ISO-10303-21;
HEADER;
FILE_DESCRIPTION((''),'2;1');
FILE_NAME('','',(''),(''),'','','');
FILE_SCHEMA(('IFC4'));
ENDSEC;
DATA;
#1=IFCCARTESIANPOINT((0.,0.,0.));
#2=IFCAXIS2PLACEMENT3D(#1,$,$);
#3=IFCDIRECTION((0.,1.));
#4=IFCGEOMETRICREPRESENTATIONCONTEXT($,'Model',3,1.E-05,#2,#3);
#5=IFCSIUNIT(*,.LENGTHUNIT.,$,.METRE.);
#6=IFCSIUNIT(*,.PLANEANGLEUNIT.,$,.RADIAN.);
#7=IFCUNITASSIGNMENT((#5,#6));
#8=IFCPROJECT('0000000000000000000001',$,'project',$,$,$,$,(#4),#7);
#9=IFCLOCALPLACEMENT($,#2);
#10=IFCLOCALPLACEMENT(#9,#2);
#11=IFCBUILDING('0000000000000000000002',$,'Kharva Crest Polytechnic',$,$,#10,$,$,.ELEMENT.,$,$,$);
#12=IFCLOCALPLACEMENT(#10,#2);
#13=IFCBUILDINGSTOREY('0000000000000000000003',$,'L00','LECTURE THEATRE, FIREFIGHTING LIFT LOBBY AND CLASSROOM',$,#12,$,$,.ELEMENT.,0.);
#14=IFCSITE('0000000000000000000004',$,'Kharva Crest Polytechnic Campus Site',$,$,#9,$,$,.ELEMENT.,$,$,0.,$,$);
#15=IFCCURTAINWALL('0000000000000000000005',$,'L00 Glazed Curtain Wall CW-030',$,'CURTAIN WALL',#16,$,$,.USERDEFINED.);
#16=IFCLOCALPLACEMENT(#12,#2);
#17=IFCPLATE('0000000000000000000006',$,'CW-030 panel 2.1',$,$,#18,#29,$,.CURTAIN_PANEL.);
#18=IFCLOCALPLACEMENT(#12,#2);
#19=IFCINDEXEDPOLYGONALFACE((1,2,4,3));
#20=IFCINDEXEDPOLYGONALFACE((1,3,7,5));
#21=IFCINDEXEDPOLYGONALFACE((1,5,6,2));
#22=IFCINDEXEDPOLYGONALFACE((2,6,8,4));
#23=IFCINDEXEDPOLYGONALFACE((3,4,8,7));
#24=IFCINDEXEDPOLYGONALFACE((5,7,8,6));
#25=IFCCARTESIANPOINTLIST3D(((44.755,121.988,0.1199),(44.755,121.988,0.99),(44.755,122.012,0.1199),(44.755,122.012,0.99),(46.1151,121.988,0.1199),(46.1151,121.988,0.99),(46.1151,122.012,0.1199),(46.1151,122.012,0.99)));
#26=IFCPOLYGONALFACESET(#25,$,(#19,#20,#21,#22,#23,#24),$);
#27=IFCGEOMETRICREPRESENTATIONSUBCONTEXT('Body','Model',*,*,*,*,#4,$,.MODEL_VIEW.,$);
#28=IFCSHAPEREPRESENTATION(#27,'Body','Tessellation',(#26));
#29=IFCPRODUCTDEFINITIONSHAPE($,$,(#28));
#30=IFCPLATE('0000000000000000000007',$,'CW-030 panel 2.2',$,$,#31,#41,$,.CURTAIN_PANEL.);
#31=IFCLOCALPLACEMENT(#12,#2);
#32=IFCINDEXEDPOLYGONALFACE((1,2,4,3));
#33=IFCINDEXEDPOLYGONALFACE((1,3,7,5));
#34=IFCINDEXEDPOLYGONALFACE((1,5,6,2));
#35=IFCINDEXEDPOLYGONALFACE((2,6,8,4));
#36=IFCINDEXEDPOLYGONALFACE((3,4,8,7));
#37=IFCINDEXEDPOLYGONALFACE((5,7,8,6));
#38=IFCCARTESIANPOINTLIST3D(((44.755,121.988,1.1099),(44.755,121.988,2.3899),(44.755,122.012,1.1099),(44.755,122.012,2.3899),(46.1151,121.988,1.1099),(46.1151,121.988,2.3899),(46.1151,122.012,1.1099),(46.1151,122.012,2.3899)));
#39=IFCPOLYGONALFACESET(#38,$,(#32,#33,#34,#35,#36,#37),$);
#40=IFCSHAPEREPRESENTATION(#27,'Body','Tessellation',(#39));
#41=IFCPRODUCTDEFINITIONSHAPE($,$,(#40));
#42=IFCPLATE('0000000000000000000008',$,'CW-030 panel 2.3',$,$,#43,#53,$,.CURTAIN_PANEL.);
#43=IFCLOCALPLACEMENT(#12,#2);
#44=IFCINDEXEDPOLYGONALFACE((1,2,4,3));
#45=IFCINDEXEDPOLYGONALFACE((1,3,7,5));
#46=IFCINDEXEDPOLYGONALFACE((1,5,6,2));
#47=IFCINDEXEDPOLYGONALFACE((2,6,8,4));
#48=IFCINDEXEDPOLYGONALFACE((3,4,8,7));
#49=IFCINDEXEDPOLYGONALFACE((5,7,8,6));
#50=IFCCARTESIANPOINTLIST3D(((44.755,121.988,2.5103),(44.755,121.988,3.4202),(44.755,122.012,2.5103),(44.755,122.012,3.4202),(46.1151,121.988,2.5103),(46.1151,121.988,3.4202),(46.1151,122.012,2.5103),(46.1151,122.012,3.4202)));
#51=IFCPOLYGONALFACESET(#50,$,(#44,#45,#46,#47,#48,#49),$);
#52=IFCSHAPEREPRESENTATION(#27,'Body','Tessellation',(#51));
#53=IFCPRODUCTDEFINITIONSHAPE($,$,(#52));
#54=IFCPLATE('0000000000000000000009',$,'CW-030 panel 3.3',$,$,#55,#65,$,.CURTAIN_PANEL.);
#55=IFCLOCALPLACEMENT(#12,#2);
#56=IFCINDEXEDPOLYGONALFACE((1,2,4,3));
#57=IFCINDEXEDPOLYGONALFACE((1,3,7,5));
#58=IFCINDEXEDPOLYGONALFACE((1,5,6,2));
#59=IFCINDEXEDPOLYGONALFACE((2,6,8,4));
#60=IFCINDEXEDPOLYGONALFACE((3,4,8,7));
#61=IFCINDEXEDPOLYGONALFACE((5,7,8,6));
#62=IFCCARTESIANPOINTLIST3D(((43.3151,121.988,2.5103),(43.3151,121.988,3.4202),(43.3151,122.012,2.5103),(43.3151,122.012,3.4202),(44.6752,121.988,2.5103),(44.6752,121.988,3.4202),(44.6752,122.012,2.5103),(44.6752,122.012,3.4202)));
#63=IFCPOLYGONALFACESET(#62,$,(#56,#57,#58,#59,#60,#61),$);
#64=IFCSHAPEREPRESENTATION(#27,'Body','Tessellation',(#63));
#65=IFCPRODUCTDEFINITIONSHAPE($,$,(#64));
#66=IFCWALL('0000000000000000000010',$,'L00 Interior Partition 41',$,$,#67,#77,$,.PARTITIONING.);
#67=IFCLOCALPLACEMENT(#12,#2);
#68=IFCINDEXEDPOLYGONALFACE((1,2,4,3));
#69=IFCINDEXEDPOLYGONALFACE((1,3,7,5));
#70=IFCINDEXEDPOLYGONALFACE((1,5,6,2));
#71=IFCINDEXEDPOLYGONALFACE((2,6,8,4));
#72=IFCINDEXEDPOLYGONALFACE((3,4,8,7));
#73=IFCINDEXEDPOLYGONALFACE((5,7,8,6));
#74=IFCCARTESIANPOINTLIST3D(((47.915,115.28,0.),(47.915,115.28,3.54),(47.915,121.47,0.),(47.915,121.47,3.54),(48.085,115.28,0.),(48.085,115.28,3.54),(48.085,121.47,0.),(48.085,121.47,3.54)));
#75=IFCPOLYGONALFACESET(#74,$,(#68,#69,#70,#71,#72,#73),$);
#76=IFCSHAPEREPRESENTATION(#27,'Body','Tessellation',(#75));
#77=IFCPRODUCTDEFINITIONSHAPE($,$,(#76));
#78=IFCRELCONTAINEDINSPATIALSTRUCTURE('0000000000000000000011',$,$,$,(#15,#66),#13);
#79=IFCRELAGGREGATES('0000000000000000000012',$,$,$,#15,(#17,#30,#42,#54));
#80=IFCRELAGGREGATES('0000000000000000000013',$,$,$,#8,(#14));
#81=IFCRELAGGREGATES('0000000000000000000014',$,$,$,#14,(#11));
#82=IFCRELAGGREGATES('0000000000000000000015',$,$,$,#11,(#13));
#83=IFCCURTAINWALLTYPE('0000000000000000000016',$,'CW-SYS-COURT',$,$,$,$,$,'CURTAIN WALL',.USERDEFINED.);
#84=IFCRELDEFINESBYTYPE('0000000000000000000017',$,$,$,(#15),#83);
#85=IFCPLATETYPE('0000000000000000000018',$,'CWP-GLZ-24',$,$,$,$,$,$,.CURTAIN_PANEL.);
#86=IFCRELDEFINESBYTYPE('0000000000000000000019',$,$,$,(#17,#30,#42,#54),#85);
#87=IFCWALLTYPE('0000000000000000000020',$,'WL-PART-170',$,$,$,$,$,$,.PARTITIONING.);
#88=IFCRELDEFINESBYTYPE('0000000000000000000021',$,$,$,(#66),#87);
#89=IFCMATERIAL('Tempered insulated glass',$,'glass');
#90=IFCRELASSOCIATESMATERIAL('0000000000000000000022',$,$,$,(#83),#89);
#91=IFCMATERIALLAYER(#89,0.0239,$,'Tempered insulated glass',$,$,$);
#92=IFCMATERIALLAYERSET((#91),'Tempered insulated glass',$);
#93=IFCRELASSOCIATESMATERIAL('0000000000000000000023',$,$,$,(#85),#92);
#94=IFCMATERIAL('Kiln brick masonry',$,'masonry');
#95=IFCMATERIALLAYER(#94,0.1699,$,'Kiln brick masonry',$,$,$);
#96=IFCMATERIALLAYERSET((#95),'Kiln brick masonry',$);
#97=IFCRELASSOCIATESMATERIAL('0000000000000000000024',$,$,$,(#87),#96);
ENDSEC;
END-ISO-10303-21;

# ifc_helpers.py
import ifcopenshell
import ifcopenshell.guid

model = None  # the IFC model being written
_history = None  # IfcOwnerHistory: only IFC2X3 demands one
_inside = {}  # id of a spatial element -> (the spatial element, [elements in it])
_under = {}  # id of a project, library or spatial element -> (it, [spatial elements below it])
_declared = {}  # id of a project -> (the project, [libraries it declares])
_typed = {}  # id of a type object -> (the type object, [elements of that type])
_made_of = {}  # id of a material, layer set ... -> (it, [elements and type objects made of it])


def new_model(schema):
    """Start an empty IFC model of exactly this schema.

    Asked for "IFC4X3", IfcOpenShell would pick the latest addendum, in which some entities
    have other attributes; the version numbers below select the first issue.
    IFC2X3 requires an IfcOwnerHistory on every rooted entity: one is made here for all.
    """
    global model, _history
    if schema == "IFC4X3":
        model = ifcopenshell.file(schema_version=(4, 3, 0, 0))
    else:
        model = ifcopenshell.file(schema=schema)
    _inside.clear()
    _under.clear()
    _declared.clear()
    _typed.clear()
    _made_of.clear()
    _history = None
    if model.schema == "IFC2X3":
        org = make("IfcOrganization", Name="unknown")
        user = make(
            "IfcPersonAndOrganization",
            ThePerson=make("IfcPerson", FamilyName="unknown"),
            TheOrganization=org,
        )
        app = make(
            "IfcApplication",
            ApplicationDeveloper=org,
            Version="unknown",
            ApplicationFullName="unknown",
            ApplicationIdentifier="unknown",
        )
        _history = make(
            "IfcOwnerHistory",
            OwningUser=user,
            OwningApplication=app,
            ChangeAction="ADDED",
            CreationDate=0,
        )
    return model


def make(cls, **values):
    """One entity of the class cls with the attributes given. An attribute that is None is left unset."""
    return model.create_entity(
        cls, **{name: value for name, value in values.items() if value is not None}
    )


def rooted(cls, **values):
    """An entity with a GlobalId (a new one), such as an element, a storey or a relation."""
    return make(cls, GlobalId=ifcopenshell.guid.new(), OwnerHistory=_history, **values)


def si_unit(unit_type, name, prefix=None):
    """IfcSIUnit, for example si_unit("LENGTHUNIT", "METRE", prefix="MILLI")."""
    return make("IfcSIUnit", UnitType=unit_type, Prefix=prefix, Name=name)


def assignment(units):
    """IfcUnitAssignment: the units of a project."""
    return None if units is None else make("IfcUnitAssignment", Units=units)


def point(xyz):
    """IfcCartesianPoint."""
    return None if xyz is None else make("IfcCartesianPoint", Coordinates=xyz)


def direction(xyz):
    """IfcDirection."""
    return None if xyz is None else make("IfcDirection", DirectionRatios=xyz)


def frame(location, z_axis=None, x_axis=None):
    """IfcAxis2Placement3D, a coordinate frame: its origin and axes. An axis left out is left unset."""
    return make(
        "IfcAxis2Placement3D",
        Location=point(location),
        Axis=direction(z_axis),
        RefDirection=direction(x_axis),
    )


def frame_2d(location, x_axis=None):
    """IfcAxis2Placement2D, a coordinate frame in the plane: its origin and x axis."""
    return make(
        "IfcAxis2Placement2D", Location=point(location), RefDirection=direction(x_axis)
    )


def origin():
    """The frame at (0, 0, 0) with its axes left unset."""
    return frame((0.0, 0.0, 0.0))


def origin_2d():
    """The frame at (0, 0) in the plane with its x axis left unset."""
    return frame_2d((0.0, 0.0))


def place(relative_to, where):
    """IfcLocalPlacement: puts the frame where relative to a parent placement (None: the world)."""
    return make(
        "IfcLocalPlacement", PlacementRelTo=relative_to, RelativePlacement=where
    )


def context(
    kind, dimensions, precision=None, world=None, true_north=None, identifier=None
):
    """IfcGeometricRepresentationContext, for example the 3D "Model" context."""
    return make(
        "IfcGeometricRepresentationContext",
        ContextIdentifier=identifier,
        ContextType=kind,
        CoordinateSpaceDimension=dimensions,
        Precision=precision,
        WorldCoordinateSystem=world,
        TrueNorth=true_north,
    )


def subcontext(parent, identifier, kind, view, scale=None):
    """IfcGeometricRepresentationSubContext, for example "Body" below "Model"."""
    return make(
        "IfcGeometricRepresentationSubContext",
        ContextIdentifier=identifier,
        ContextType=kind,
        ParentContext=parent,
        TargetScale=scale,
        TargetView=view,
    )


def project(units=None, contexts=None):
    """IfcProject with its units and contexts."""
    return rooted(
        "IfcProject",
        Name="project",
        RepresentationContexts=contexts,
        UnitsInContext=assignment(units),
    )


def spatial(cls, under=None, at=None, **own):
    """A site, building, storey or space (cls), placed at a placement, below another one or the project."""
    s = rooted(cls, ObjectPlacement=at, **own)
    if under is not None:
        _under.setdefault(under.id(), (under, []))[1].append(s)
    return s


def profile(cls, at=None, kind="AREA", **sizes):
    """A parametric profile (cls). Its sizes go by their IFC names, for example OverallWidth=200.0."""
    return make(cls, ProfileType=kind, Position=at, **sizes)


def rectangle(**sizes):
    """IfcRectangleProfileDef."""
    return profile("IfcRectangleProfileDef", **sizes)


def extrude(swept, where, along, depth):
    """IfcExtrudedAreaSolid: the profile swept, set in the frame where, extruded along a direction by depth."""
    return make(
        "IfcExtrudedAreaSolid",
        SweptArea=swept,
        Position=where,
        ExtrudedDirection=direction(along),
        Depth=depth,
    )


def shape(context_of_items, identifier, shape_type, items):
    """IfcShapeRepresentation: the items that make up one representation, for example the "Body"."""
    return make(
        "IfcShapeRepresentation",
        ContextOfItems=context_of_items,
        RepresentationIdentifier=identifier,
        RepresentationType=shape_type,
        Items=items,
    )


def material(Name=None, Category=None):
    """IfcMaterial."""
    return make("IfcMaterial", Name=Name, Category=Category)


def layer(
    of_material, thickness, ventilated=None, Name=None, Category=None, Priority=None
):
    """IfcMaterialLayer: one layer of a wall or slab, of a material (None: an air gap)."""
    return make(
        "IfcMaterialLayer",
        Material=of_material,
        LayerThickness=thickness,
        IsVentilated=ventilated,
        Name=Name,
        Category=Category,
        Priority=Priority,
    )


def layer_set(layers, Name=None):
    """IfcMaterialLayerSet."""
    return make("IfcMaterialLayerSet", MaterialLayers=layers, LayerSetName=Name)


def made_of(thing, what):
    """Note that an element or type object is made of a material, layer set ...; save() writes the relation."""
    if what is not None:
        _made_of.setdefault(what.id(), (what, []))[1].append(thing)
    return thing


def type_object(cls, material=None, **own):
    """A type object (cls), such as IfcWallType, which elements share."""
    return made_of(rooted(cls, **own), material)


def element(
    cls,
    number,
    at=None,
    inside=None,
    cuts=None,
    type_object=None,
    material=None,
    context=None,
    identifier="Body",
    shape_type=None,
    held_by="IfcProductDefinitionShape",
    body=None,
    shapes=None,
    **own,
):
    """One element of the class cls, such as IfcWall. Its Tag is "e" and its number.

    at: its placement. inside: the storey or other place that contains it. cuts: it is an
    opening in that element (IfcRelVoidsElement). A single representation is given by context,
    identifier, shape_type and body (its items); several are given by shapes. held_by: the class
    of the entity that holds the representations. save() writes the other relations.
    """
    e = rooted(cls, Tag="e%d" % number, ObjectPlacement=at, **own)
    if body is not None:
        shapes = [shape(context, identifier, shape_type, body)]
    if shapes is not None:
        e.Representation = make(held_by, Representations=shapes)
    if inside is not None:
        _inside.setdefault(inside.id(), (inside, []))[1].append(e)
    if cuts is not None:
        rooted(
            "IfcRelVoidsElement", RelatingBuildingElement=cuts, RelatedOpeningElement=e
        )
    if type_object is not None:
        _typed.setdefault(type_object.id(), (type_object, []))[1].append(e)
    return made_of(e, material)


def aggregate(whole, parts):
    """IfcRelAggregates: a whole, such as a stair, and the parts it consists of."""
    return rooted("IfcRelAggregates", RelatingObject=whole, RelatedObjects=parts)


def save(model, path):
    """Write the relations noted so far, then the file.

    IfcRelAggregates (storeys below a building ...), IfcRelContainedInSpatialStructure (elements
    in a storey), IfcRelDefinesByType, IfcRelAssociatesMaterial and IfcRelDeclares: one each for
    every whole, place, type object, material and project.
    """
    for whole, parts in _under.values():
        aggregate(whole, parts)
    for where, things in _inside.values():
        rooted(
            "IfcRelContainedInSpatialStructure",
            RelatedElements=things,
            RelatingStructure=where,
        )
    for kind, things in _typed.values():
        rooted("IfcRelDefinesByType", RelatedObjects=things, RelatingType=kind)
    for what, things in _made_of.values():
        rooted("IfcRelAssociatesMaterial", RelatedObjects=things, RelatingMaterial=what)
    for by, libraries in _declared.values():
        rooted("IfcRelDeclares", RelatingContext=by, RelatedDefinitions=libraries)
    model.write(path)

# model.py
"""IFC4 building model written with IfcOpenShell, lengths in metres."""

from ifc_helpers import new_model, si_unit, direction, frame, frame_2d, origin, origin_2d, place, context, subcontext, project, spatial, rectangle, extrude, material, layer, layer_set, type_object, element, aggregate, save


model = new_model("IFC4")

# Units and contexts
model_context = context("Model", 3, precision=1e-05, world=origin(), true_north=direction((0.0, 1.0)))
body_context = subcontext(model_context, "Body", "Model", "MODEL_VIEW")
ifc_project = project(units=[si_unit("LENGTHUNIT", "METRE"), si_unit("PLANEANGLEUNIT", "RADIAN")], contexts=[model_context])

# Site, building, storey
site_placement = place(None, origin())
site = spatial("IfcSite", under=ifc_project, at=site_placement, Name="Kharva Crest Polytechnic Campus Site", CompositionType="ELEMENT", RefElevation=0.0)
building_placement = place(site_placement, origin())
building = spatial("IfcBuilding", under=site, at=building_placement, Name="Kharva Crest Polytechnic", CompositionType="ELEMENT")
storey_placement = place(building_placement, origin())
storey = spatial("IfcBuildingStorey", under=building, at=storey_placement, Name="L00", Description="LECTURE THEATRE, FIREFIGHTING LIFT LOBBY AND CLASSROOM", CompositionType="ELEMENT", Elevation=0.0)

# Curtain wall, plates
ifc_material_1 = material(Name="Tempered insulated glass", Category="glass")
curtain_wall_type = type_object("IfcCurtainWallType", Name="CW-SYS-COURT", ElementType="CURTAIN WALL", PredefinedType="USERDEFINED", material=ifc_material_1)
curtain_wall_placement = place(storey_placement, origin())
curtain_wall = element("IfcCurtainWall", 1, at=curtain_wall_placement, inside=storey, type_object=curtain_wall_type, Name="L00 Glazed Curtain Wall CW-030", ObjectType="CURTAIN WALL", PredefinedType="USERDEFINED")
ifc_layer_1 = layer(ifc_material_1, 0.0239, Name="Tempered insulated glass")
ifc_layer_set_1 = layer_set([ifc_layer_1], Name="Tempered insulated glass")
plate_type = type_object("IfcPlateType", Name="CWP-GLZ-24", PredefinedType="CURTAIN_PANEL", material=ifc_layer_set_1)
plate_1_placement = place(storey_placement, frame((45.4351, 122.0, 0.1199), z_axis=(0.0, 0.0, 1.0), x_axis=(-1.0, 0.0, 0.0)))
plate_1 = element("IfcPlate", 2, at=plate_1_placement, type_object=plate_type, Name="CW-030 panel 2.1", PredefinedType="CURTAIN_PANEL", context=body_context, shape_type="SweptSolid", body=[
    extrude(rectangle(XDim=1.3601, YDim=0.0239, at=origin_2d()), origin(), (0.0, 0.0, 1.0), 0.8701),
])
plate_2_placement = place(storey_placement, frame((45.4351, 122.0, 1.1099), z_axis=(0.0, 0.0, 1.0), x_axis=(-1.0, 0.0, 0.0)))
plate_2 = element("IfcPlate", 3, at=plate_2_placement, type_object=plate_type, Name="CW-030 panel 2.2", PredefinedType="CURTAIN_PANEL", context=body_context, shape_type="SweptSolid", body=[
    extrude(rectangle(XDim=1.3601, YDim=0.0239, at=origin_2d()), origin(), (0.0, 0.0, 1.0), 1.28),
])
plate_3_placement = place(storey_placement, frame((45.4351, 122.0, 2.5103), z_axis=(0.0, 0.0, 1.0), x_axis=(-1.0, 0.0, 0.0)))
plate_3 = element("IfcPlate", 4, at=plate_3_placement, type_object=plate_type, Name="CW-030 panel 2.3", PredefinedType="CURTAIN_PANEL", context=body_context, shape_type="SweptSolid", body=[
    extrude(rectangle(XDim=1.3601, YDim=0.0239, at=origin_2d()), origin(), (0.0, 0.0, 1.0), 0.9099),
])
plate_4_placement = place(storey_placement, frame((43.9951, 122.0, 2.5103), z_axis=(0.0, 0.0, 1.0), x_axis=(-1.0, 0.0, 0.0)))
plate_4 = element("IfcPlate", 5, at=plate_4_placement, type_object=plate_type, Name="CW-030 panel 3.3", PredefinedType="CURTAIN_PANEL", context=body_context, shape_type="SweptSolid", body=[
    extrude(rectangle(XDim=1.3601, YDim=0.0239, at=origin_2d()), origin(), (0.0, 0.0, 1.0), 0.9099),
])
aggregate(curtain_wall, [plate_1, plate_2, plate_3, plate_4])

# Wall
ifc_material_2 = material(Name="Kiln brick masonry", Category="masonry")
ifc_layer_2 = layer(ifc_material_2, 0.1699, Name="Kiln brick masonry")
ifc_layer_set_2 = layer_set([ifc_layer_2], Name="Kiln brick masonry")
wall_type = type_object("IfcWallType", Name="WL-PART-170", PredefinedType="PARTITIONING", material=ifc_layer_set_2)
wall_placement = place(storey_placement, frame((48.0, 115.28, 0.0), z_axis=(0.0, 0.0, 1.0), x_axis=(0.0, 1.0, 0.0)))
element("IfcWall", 6, at=wall_placement, inside=storey, type_object=wall_type, Name="L00 Interior Partition 41", PredefinedType="PARTITIONING", context=body_context, shape_type="SweptSolid", body=[
    extrude(rectangle(XDim=6.1899, YDim=0.1699, at=frame_2d((3.095, 0.0))), origin(), (0.0, 0.0, 1.0), 3.54),
])

save(model, "model.ifc")
